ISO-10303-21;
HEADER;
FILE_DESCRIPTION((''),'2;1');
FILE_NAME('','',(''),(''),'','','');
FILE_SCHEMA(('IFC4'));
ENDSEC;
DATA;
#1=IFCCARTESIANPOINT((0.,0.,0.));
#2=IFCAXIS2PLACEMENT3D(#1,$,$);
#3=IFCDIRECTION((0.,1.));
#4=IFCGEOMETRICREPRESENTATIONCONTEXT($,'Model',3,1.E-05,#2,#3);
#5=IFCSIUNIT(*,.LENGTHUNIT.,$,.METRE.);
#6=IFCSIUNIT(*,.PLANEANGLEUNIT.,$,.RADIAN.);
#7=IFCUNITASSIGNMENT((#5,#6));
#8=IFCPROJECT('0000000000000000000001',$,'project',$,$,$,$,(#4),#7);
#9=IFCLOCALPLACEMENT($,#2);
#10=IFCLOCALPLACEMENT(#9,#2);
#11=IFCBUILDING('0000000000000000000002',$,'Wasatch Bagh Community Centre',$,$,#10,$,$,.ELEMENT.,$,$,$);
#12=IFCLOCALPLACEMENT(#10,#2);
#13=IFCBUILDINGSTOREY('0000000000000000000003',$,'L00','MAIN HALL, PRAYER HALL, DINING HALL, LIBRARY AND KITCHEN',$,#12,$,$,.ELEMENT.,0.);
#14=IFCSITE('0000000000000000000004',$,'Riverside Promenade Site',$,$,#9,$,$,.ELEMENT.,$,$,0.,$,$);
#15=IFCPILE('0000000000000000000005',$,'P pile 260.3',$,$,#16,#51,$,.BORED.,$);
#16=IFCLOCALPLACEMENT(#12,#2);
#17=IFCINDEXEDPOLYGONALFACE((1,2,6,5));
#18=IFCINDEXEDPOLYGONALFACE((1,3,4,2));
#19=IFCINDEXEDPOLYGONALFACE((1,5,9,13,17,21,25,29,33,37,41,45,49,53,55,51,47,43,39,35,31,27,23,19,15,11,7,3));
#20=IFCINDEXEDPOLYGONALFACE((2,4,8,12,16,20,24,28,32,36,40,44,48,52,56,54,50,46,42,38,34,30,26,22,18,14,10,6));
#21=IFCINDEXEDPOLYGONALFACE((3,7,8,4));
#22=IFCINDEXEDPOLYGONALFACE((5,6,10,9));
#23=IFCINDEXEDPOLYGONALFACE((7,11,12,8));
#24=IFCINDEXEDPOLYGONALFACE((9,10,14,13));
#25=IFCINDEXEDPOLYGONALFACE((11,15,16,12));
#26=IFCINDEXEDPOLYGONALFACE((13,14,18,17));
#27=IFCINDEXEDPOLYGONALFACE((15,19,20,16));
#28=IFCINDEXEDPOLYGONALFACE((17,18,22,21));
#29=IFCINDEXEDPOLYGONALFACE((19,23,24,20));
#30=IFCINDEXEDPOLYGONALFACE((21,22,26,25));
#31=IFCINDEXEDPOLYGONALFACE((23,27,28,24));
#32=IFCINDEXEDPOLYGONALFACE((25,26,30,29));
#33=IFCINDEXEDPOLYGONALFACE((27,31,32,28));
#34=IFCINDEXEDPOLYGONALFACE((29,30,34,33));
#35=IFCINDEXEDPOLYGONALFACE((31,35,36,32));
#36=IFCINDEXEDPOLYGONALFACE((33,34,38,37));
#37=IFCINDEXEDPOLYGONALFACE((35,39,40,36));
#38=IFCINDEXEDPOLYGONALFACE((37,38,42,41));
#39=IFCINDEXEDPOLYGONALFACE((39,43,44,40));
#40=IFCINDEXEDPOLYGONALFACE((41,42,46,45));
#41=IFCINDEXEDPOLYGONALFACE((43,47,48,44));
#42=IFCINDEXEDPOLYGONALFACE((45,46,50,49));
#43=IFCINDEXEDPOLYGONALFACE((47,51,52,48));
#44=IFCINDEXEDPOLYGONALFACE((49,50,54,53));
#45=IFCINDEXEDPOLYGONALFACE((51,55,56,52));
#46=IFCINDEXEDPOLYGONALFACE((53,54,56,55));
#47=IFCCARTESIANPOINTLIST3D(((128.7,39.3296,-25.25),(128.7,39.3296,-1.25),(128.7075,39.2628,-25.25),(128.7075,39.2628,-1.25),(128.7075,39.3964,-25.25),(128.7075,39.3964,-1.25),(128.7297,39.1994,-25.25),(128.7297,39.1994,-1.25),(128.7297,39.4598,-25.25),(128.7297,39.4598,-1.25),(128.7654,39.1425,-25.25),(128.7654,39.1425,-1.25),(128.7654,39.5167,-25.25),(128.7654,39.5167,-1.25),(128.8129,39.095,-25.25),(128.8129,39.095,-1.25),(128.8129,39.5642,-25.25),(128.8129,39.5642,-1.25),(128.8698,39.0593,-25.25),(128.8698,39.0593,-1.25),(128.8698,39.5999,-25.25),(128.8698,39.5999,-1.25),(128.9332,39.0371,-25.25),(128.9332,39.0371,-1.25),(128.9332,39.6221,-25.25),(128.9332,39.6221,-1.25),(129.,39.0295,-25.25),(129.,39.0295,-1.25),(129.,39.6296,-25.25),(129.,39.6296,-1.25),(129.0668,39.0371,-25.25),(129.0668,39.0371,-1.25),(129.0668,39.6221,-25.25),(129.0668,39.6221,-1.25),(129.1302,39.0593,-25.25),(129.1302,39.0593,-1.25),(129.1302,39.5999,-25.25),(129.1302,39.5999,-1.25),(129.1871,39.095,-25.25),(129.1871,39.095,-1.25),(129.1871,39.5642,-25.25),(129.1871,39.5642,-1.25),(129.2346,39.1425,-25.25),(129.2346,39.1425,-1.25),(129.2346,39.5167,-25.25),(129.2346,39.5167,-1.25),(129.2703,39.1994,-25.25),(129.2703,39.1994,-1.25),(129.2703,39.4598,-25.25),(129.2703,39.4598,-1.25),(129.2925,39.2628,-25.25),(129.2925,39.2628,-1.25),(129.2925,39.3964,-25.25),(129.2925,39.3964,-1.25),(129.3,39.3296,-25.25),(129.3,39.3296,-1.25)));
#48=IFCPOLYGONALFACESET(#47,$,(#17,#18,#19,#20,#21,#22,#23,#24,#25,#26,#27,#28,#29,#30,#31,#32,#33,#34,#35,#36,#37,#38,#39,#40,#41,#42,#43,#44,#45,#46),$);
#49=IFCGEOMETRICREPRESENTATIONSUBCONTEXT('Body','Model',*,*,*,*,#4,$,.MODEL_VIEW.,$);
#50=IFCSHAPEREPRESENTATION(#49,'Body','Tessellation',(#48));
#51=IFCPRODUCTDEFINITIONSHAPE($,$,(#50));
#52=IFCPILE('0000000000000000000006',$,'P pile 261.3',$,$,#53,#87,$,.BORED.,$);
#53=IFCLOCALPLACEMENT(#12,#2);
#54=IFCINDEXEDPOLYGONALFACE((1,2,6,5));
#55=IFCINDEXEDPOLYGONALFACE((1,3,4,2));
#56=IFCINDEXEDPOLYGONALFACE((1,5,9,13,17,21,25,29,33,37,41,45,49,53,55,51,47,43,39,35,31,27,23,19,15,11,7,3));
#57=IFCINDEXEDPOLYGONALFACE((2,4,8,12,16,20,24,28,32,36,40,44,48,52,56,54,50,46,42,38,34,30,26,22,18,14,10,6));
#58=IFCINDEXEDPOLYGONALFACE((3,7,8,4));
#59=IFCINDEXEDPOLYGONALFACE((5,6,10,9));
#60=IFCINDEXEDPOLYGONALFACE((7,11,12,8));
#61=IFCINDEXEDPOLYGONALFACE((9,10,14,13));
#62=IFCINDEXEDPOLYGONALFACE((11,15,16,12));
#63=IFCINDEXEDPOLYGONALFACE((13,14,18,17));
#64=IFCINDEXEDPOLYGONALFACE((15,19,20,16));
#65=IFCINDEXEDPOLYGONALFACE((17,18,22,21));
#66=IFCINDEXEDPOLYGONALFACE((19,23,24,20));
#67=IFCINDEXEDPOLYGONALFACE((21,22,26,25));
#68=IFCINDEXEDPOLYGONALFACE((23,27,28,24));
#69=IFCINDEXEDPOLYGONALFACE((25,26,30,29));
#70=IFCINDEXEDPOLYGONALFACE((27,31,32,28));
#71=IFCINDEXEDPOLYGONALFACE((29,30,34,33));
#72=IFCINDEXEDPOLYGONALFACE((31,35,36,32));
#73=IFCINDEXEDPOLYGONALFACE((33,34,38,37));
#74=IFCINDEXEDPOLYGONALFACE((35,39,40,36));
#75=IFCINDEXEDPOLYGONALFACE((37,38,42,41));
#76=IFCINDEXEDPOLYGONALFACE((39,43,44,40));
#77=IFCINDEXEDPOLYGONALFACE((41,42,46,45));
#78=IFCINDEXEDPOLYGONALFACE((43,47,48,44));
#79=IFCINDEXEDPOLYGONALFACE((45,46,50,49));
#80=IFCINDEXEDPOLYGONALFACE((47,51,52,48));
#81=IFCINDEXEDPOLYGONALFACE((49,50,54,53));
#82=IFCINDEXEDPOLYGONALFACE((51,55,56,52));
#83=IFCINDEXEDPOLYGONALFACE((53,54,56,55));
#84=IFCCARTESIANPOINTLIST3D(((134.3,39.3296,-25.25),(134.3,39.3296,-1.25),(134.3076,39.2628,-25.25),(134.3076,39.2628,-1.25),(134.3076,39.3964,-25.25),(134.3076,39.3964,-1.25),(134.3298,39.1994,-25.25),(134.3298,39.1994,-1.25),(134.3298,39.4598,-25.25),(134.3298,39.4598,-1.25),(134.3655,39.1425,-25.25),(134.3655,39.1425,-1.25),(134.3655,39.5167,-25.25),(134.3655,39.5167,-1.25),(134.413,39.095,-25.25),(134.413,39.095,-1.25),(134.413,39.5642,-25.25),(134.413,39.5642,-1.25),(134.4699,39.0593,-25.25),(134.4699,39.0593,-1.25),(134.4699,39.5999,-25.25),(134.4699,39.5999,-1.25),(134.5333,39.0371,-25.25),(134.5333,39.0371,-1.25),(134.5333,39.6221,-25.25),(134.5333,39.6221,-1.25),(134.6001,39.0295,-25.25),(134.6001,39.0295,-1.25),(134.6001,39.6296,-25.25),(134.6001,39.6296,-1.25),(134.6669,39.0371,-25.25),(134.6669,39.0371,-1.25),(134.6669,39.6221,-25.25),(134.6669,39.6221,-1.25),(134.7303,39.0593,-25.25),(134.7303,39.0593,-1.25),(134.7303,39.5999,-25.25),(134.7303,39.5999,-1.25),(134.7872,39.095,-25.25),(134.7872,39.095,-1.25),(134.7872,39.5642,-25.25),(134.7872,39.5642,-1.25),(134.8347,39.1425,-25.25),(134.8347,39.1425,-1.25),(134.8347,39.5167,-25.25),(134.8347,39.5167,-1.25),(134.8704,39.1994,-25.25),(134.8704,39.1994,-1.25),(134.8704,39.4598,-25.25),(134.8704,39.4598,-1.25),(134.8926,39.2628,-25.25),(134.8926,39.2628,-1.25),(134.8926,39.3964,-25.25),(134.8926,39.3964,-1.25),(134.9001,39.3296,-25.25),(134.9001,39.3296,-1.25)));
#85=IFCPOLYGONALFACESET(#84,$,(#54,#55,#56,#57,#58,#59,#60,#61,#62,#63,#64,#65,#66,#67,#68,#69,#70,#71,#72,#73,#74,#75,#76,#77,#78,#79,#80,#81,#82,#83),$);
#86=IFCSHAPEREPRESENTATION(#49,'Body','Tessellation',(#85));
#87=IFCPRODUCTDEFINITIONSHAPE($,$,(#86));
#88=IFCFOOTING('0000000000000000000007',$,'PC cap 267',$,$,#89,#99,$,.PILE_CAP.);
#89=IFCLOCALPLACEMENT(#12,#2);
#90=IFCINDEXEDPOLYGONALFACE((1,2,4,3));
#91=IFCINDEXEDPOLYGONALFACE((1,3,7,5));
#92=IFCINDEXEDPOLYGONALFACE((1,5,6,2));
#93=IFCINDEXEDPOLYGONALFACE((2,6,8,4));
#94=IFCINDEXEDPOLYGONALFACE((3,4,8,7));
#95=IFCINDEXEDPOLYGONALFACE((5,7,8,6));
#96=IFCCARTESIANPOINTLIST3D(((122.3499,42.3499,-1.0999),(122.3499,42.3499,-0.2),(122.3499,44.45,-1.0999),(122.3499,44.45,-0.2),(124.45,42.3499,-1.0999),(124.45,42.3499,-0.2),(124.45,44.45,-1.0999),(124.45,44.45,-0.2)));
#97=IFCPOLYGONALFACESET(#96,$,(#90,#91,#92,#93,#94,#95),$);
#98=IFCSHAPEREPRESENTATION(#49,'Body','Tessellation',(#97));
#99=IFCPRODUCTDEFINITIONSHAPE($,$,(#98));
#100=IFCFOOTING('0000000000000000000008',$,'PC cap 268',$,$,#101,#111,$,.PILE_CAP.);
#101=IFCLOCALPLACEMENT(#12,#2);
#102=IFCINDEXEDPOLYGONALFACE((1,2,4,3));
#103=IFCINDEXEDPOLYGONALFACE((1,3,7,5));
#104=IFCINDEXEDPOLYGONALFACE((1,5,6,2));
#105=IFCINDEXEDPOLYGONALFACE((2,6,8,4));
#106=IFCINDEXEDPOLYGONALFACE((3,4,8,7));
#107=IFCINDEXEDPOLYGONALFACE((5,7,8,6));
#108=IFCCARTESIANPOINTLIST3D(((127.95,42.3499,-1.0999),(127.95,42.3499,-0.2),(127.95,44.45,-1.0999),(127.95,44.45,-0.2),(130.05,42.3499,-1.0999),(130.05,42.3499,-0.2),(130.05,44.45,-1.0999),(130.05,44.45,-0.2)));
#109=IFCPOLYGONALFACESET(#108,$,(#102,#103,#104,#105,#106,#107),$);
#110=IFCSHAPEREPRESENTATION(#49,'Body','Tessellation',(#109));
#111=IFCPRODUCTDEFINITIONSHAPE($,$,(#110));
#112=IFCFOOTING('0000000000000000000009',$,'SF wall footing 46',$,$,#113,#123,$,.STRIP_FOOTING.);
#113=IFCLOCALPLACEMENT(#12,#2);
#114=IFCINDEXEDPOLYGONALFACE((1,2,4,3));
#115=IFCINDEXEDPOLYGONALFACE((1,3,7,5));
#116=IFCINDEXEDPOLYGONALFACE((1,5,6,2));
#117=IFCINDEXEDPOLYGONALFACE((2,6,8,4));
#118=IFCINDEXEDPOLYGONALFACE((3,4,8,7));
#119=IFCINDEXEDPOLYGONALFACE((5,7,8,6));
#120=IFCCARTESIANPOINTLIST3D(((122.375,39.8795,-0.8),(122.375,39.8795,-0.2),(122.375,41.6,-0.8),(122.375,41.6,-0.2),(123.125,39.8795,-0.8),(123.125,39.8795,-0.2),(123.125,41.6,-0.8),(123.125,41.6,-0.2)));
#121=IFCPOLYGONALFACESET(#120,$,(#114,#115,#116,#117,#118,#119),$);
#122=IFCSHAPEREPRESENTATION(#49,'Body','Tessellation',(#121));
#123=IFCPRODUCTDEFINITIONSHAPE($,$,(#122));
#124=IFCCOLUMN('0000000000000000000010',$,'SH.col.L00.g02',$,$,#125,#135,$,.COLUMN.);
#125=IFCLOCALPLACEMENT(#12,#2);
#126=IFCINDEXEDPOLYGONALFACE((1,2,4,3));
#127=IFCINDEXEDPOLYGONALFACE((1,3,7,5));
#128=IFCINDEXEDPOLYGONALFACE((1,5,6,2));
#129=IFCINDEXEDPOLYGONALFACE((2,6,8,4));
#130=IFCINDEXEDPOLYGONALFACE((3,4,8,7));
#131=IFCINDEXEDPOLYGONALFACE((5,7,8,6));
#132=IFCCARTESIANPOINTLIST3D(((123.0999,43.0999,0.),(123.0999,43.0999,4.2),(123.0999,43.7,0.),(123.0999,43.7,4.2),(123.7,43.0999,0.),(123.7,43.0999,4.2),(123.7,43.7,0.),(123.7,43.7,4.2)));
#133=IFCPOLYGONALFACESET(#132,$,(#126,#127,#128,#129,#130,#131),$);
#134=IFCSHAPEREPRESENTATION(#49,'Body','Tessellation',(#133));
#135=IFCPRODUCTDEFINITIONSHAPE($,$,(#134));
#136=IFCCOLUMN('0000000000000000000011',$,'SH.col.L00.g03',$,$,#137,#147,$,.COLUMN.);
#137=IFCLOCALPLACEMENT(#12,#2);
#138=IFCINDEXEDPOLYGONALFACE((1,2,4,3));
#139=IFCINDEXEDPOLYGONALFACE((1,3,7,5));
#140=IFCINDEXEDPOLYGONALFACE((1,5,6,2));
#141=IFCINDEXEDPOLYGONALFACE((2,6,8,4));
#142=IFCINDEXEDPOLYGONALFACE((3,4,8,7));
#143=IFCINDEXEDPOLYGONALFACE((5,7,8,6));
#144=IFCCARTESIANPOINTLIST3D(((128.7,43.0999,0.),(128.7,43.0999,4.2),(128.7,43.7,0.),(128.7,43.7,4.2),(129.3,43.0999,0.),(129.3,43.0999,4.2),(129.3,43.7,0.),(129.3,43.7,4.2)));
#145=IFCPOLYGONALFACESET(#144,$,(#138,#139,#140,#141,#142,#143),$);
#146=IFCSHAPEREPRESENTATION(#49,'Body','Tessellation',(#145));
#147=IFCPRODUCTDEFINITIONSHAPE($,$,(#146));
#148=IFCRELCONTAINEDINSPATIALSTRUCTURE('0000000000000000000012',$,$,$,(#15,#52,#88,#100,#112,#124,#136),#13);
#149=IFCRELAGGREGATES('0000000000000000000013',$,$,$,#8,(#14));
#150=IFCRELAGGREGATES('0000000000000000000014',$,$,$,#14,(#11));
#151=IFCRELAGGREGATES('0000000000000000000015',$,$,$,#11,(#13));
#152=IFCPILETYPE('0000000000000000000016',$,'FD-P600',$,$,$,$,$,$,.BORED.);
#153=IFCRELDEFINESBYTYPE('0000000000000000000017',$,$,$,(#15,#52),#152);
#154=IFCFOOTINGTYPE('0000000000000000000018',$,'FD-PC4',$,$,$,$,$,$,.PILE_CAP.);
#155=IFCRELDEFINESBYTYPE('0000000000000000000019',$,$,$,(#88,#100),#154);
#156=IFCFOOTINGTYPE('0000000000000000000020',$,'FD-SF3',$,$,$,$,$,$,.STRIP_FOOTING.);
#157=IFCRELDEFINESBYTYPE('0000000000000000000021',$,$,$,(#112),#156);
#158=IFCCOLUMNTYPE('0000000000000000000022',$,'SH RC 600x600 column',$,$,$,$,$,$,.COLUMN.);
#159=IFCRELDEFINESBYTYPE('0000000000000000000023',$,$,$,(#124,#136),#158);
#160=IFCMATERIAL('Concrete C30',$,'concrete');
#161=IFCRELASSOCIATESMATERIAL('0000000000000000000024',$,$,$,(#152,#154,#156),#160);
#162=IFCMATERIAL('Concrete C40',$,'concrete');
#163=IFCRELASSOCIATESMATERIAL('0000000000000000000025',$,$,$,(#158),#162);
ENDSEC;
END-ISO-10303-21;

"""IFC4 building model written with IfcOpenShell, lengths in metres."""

from ifc_helpers import new_model, si_unit, direction, frame, origin, origin_2d, place, context, subcontext, project, spatial, rectangle, circle, extrude, material, material_profile, profile_set, type_object, element, save


model = new_model("IFC4")

# Units and contexts
model_context = context("Model", 3, precision=1e-05, world=origin(), true_north=direction((0.0, 1.0)))
body_context = subcontext(model_context, "Body", "Model", "MODEL_VIEW")
ifc_project = project(units=[si_unit("LENGTHUNIT", "METRE"), si_unit("PLANEANGLEUNIT", "RADIAN")], contexts=[model_context])

# Site, building, storey
site_placement = place(None, origin())
site = spatial("IfcSite", under=ifc_project, at=site_placement, Name="Riverside Promenade Site", CompositionType="ELEMENT", RefElevation=0.0)
building_placement = place(site_placement, origin())
building = spatial("IfcBuilding", under=site, at=building_placement, Name="Wasatch Bagh Community Centre", CompositionType="ELEMENT")
storey_placement = place(building_placement, origin())
storey = spatial("IfcBuildingStorey", under=building, at=storey_placement, Name="L00", Description="MAIN HALL, PRAYER HALL, DINING HALL, LIBRARY AND KITCHEN", CompositionType="ELEMENT", Elevation=0.0)

# Piles
ifc_material_1 = material(Name="Concrete C30", Category="concrete")
ifc_material_profile_1 = material_profile(ifc_material_1, circle(Radius=0.3, at=origin_2d()), Name="RC D600")
ifc_profile_set_1 = profile_set([ifc_material_profile_1], Name="Concrete C30")
pile_type_1 = type_object("IfcPileType", Name="FD-P600", PredefinedType="BORED", material=ifc_profile_set_1)
for number, where, z_axis, x_axis, name in (
    (1, (129.0, 39.3296, -1.25), (0.0, 0.0, -1.0), (1.0, 0.0, 0.0), "P pile 260.3"),
    (2, (134.6001, 39.3296, -1.25), (0.0, 0.0, -1.0), (1.0, 0.0, 0.0), "P pile 261.3"),
):
    element("IfcPile", number, at=place(storey_placement, frame(where, z_axis=z_axis, x_axis=x_axis)), inside=storey, type_object=pile_type_1, Name=name, PredefinedType="BORED", context=body_context, shape_type="SweptSolid", body=[
        extrude(circle(Radius=0.3, at=origin_2d()), origin(), (0.0, 0.0, 1.0), 24.0),
    ])

# Footings
footing_type_1 = type_object("IfcFootingType", Name="FD-PC4", PredefinedType="PILE_CAP", material=ifc_material_1)
for number, where, z_axis, x_axis, name in (
    (3, (123.3999, 43.3999, -1.0999), (0.0, 0.0, 1.0), (1.0, 0.0, 0.0), "PC cap 267"),
    (4, (129.0, 43.3999, -1.0999), (0.0, 0.0, 1.0), (1.0, 0.0, 0.0), "PC cap 268"),
):
    element("IfcFooting", number, at=place(storey_placement, frame(where, z_axis=z_axis, x_axis=x_axis)), inside=storey, type_object=footing_type_1, Name=name, PredefinedType="PILE_CAP", context=body_context, shape_type="SweptSolid", body=[
        extrude(rectangle(XDim=2.1001, YDim=2.1001, at=origin_2d()), origin(), (0.0, 0.0, 1.0), 0.8999),
    ])
footing_type_2 = type_object("IfcFootingType", Name="FD-SF3", PredefinedType="STRIP_FOOTING", material=ifc_material_1)
footing_1_placement = place(storey_placement, frame((122.75, 40.7397, -0.8), z_axis=(0.0, 0.0, 1.0), x_axis=(0.0, 1.0, 0.0)))
element("IfcFooting", 5, at=footing_1_placement, inside=storey, type_object=footing_type_2, Name="SF wall footing 46", PredefinedType="STRIP_FOOTING", context=body_context, shape_type="SweptSolid", body=[
    extrude(rectangle(XDim=1.7205, YDim=0.75, at=origin_2d()), origin(), (0.0, 0.0, 1.0), 0.6001),
])

# Columns
ifc_material_2 = material(Name="Concrete C40", Category="concrete")
ifc_material_profile_2 = material_profile(ifc_material_2, rectangle(XDim=0.6001, YDim=0.6001, at=origin_2d()), Name="RC 600x600")
ifc_profile_set_2 = profile_set([ifc_material_profile_2], Name="Concrete C40")
column_type = type_object("IfcColumnType", Name="SH RC 600x600 column", PredefinedType="COLUMN", material=ifc_profile_set_2)
for number, where, z_axis, x_axis, name in (
    (6, (123.3999, 43.3999, 0.0), (0.0, 0.0, 1.0), (1.0, 0.0, 0.0), "SH.col.L00.g02"),
    (7, (129.0, 43.3999, 0.0), (0.0, 0.0, 1.0), (1.0, 0.0, 0.0), "SH.col.L00.g03"),
):
    element("IfcColumn", number, at=place(storey_placement, frame(where, z_axis=z_axis, x_axis=x_axis)), inside=storey, type_object=column_type, Name=name, PredefinedType="COLUMN", context=body_context, shape_type="SweptSolid", body=[
        extrude(rectangle(XDim=0.6001, YDim=0.6001, at=origin_2d()), origin(), (0.0, 0.0, 1.0), 4.2),
    ])

save(model, "model.ifc")
